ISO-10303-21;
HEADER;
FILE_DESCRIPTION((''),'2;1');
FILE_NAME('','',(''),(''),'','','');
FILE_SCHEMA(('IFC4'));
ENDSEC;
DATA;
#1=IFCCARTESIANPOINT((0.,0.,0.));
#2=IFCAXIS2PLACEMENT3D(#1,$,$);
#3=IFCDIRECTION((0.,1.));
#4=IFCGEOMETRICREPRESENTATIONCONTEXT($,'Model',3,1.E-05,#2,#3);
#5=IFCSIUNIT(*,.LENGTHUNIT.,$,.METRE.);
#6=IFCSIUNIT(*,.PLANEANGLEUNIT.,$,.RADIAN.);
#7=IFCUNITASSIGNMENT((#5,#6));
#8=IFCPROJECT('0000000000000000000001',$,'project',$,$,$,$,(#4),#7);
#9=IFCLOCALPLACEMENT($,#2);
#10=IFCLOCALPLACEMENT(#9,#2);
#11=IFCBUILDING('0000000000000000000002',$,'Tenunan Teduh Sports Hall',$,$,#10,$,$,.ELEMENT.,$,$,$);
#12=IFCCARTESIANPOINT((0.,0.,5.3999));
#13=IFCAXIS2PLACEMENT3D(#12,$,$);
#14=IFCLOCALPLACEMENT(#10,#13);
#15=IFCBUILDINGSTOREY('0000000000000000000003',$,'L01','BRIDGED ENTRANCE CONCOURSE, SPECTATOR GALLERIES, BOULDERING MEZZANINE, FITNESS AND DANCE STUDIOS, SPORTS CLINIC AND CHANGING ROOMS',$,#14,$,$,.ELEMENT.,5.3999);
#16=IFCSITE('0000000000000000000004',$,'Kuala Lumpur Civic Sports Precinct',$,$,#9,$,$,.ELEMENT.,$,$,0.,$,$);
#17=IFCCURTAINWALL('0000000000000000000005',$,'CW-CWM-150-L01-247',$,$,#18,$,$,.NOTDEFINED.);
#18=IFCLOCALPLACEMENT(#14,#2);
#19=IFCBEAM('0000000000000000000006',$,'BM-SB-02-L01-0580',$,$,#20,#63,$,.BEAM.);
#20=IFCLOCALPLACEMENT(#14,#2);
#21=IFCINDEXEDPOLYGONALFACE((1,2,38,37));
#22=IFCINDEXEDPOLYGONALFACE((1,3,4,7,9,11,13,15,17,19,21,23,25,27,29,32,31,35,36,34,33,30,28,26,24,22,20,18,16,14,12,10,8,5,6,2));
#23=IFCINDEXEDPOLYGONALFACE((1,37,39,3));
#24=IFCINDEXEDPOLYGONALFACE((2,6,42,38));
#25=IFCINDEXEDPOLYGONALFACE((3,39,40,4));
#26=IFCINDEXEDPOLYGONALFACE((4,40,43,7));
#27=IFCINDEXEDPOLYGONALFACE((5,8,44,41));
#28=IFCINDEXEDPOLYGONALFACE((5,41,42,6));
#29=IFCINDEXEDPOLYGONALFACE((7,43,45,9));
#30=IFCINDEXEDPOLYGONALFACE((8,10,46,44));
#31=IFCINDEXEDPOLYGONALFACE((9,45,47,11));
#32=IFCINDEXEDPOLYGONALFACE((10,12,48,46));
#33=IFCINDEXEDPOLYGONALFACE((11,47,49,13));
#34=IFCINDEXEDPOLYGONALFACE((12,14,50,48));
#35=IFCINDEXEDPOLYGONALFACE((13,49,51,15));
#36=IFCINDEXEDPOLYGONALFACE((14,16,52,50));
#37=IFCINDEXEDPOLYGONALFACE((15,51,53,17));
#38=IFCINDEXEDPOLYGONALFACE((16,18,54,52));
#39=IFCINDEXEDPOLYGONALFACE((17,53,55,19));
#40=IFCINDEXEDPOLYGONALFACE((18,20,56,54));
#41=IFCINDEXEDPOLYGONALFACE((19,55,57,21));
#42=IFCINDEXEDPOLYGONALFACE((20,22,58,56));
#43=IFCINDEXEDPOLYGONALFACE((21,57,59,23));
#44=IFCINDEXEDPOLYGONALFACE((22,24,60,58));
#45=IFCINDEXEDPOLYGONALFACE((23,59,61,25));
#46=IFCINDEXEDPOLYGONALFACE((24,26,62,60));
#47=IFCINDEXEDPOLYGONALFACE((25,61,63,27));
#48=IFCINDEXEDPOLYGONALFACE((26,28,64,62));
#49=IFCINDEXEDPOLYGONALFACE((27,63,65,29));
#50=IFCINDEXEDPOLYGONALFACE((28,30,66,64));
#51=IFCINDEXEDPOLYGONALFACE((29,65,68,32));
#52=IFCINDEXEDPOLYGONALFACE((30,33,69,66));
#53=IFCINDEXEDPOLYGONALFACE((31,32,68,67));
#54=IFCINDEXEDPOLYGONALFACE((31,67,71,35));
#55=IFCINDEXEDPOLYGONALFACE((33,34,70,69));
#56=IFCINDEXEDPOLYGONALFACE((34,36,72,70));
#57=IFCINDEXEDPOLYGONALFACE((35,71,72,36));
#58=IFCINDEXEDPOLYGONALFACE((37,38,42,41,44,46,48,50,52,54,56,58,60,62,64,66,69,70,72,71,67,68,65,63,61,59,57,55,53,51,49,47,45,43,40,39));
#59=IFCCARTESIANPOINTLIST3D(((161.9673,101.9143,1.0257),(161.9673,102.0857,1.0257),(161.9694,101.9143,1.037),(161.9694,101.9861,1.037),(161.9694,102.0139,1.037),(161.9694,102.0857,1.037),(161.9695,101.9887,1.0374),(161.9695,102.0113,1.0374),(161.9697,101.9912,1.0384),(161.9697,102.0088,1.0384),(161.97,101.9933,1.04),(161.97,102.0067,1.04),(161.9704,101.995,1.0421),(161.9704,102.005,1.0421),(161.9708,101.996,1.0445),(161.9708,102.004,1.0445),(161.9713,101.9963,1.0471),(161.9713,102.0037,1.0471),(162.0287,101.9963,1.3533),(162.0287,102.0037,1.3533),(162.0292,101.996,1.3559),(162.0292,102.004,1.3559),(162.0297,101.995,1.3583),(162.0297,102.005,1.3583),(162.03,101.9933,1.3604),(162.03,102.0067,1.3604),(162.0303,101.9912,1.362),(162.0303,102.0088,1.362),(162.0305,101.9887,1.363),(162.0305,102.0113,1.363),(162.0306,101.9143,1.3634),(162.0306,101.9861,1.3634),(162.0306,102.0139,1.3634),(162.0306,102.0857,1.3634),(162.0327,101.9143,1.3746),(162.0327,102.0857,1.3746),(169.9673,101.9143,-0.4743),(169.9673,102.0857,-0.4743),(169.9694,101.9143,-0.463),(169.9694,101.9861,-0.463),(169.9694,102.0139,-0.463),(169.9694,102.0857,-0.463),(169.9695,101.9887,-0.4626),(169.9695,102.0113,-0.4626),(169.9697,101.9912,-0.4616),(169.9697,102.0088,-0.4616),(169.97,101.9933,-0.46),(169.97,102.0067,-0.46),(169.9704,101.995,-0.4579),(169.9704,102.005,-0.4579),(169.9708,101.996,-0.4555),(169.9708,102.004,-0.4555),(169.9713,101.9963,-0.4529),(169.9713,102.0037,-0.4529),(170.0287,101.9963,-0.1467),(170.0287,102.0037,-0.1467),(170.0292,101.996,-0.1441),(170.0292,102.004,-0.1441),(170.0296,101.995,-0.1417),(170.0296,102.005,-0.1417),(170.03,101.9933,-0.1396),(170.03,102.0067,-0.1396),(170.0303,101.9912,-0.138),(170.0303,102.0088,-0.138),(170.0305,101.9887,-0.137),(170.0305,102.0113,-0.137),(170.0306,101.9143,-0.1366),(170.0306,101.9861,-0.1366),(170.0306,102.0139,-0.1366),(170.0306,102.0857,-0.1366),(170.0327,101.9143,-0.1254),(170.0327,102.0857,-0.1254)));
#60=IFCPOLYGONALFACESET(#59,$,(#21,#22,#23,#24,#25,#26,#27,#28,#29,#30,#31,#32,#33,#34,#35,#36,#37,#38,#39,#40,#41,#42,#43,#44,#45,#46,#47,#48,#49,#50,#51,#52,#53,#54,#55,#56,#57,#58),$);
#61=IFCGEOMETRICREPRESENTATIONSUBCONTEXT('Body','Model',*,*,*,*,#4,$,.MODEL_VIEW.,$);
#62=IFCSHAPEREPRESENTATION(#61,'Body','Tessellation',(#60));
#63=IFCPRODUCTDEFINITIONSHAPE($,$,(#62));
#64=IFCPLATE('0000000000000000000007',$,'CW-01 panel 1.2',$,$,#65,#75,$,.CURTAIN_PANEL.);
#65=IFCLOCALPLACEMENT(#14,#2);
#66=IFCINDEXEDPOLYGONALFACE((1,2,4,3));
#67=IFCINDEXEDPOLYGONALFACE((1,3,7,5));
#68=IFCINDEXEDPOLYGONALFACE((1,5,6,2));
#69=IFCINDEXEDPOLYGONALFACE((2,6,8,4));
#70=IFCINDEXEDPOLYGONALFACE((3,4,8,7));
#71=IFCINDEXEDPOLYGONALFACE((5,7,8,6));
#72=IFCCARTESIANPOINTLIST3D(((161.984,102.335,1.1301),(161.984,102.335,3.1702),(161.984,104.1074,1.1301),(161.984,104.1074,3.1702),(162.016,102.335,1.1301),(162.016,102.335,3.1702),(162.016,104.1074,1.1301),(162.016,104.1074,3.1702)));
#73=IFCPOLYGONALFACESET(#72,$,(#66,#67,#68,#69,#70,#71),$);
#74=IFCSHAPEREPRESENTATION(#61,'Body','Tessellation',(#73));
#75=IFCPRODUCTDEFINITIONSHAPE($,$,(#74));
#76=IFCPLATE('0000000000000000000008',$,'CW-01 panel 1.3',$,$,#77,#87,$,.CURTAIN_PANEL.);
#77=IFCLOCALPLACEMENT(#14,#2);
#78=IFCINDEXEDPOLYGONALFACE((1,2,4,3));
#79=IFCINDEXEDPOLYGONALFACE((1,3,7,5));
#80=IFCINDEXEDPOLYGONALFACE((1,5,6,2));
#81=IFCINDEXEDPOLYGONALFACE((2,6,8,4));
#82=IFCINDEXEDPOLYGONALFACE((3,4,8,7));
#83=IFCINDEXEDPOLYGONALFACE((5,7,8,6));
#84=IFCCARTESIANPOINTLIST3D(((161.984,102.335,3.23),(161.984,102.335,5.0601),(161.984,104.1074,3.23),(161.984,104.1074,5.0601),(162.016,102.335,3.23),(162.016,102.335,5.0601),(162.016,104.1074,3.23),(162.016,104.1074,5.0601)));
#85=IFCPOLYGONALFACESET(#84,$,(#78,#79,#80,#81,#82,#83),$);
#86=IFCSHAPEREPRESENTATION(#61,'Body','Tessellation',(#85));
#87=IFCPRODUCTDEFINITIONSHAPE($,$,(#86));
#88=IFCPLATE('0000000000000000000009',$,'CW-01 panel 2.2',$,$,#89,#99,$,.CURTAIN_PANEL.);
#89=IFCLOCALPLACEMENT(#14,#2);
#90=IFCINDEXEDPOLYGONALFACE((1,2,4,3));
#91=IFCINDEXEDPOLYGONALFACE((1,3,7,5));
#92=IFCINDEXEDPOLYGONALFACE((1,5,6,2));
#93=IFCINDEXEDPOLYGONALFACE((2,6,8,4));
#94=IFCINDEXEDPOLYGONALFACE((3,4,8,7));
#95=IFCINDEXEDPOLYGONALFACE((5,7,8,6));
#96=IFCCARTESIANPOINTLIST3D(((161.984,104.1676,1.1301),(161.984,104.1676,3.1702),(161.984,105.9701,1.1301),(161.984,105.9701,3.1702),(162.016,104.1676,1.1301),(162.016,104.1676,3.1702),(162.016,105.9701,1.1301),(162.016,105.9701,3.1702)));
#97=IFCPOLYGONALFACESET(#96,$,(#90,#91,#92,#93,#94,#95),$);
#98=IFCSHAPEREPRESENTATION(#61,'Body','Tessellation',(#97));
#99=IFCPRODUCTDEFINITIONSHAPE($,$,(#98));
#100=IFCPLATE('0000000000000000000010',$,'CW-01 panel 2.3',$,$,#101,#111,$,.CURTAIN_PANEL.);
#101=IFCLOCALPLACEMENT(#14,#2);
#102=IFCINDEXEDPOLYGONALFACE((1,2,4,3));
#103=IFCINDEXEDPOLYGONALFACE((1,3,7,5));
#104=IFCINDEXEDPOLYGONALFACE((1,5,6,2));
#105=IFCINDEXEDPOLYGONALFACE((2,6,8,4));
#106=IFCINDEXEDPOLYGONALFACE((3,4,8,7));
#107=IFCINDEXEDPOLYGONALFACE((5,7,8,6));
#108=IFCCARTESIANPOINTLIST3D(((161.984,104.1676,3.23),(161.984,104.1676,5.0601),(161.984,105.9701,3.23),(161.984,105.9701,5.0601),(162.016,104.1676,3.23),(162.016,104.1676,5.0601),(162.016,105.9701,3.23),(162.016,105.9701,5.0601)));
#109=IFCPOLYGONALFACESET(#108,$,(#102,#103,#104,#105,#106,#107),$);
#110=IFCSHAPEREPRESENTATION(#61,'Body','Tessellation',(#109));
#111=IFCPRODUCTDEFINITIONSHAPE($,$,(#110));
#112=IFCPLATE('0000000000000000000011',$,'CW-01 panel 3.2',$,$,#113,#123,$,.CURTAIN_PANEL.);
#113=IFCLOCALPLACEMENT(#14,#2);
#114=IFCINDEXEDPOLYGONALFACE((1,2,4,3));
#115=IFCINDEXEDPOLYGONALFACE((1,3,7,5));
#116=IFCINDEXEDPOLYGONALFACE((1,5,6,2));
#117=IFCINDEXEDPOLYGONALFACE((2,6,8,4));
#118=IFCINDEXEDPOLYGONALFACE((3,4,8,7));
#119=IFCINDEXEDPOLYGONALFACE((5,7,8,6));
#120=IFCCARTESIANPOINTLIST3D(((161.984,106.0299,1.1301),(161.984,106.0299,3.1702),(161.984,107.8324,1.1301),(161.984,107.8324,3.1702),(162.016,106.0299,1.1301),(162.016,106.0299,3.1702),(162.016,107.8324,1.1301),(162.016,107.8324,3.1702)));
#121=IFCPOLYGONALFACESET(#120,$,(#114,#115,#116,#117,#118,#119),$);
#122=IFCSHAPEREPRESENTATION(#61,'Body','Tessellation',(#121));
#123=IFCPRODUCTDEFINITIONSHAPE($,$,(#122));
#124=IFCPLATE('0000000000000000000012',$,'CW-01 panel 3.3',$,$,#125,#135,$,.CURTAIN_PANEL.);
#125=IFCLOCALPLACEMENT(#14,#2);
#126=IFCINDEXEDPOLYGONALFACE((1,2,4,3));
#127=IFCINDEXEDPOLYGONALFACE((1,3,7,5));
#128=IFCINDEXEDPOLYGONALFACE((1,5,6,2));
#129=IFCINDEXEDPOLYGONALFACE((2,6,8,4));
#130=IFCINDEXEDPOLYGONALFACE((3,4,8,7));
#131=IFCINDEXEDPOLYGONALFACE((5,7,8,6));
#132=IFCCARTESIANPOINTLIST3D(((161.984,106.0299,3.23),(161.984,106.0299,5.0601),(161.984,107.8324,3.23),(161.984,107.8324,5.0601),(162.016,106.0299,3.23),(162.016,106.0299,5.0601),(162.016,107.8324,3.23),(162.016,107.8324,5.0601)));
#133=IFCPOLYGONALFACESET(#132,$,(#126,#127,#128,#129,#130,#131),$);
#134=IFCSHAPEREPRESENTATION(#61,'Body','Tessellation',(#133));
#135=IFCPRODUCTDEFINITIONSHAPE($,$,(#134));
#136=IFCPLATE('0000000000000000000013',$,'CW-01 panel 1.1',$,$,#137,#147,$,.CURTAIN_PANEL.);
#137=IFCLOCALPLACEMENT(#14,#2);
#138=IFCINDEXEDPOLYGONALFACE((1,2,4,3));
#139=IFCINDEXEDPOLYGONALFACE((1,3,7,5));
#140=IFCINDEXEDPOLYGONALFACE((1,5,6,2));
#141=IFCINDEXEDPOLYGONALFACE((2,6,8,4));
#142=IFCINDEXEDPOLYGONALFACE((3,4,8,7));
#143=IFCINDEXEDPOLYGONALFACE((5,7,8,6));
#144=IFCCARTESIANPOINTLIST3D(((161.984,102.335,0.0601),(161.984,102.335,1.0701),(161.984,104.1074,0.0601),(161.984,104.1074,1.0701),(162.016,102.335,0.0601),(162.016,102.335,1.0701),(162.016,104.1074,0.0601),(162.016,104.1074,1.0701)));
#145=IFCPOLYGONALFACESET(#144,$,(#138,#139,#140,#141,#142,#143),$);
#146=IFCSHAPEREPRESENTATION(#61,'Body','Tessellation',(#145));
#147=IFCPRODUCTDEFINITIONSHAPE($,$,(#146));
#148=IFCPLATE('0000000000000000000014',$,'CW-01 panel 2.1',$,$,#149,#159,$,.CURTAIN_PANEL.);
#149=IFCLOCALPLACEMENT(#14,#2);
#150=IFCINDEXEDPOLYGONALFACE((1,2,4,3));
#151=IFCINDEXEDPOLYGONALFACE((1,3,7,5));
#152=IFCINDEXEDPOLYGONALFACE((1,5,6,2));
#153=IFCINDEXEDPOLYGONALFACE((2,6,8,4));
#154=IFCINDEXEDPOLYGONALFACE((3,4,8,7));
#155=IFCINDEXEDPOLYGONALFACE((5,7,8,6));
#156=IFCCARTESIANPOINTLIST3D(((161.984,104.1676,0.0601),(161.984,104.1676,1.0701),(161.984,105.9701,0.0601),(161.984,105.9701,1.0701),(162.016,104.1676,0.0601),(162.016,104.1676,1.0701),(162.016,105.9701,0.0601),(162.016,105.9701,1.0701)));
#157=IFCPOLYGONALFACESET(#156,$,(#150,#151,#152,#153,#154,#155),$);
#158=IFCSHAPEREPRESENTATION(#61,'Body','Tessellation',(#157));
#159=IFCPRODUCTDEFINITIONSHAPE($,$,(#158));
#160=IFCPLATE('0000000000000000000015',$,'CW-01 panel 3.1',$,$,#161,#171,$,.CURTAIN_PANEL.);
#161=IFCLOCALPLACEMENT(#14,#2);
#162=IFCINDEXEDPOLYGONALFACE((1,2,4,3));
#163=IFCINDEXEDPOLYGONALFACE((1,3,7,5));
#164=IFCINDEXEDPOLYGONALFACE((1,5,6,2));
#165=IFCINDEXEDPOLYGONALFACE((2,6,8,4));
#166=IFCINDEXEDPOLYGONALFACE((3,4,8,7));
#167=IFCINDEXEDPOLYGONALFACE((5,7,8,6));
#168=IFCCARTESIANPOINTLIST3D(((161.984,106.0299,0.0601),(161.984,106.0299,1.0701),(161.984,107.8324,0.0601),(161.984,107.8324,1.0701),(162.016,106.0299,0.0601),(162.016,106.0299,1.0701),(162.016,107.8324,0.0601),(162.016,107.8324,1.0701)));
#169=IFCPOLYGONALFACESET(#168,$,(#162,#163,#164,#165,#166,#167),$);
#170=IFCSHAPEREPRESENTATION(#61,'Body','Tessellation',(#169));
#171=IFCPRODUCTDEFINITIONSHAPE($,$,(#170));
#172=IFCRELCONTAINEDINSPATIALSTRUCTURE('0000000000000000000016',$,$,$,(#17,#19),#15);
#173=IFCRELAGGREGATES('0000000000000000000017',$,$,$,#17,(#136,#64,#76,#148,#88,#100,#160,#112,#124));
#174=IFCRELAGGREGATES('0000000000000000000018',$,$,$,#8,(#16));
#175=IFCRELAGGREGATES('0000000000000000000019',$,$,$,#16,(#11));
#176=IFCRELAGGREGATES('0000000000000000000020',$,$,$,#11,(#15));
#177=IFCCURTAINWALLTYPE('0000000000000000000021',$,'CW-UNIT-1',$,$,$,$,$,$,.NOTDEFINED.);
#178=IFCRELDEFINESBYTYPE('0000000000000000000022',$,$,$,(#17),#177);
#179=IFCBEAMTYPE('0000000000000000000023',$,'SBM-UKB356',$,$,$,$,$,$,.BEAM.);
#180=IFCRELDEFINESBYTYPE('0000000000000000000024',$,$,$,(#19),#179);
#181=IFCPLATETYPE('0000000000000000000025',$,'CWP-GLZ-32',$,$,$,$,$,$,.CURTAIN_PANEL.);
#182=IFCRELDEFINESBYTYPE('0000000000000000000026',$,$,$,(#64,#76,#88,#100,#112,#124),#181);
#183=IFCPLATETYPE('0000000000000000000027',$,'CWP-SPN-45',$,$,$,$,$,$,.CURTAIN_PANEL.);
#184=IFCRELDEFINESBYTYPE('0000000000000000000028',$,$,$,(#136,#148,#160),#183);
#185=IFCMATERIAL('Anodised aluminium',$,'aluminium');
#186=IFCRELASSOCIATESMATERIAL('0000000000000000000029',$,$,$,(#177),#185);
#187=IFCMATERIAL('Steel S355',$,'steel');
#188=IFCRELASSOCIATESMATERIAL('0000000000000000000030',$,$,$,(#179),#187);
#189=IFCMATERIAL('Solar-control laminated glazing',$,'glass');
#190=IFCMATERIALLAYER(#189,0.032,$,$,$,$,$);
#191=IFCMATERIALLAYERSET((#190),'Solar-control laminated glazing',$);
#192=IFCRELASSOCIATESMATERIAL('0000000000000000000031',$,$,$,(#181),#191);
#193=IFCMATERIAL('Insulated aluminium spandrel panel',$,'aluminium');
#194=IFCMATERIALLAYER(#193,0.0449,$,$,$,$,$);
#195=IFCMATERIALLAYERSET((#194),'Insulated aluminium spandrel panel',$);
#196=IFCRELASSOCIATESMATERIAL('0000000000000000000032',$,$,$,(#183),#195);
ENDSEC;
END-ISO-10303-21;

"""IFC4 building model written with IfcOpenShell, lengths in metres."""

from ifc_helpers import new_model, si_unit, direction, frame, origin, origin_2d, place, context, subcontext, project, spatial, rectangle, i_section, extrude, material, layer, layer_set, material_profile, profile_set, type_object, element, aggregate, save


model = new_model("IFC4")

# Units and contexts
model_context = context("Model", 3, precision=1e-05, world=origin(), true_north=direction((0.0, 1.0)))
body_context = subcontext(model_context, "Body", "Model", "MODEL_VIEW")
ifc_project = project(units=[si_unit("LENGTHUNIT", "METRE"), si_unit("PLANEANGLEUNIT", "RADIAN")], contexts=[model_context])

# Site, building, storey
site_placement = place(None, origin())
site = spatial("IfcSite", under=ifc_project, at=site_placement, Name="Kuala Lumpur Civic Sports Precinct", CompositionType="ELEMENT", RefElevation=0.0)
building_placement = place(site_placement, origin())
building = spatial("IfcBuilding", under=site, at=building_placement, Name="Tenunan Teduh Sports Hall", CompositionType="ELEMENT")
storey_placement = place(building_placement, frame((0.0, 0.0, 5.3999)))
storey = spatial("IfcBuildingStorey", under=building, at=storey_placement, Name="L01", Description="BRIDGED ENTRANCE CONCOURSE, SPECTATOR GALLERIES, BOULDERING MEZZANINE, FITNESS AND DANCE STUDIOS, SPORTS CLINIC AND CHANGING ROOMS", CompositionType="ELEMENT", Elevation=5.3999)

# Curtain wall
ifc_material_1 = material(Name="Anodised aluminium", Category="aluminium")
curtain_wall_type = type_object("IfcCurtainWallType", Name="CW-UNIT-1", PredefinedType="NOTDEFINED", material=ifc_material_1)
curtain_wall_1_placement = place(storey_placement, origin())
curtain_wall_1 = element("IfcCurtainWall", 1, at=curtain_wall_1_placement, inside=storey, type_object=curtain_wall_type, Name="CW-CWM-150-L01-247", PredefinedType="NOTDEFINED")

# Beam
ifc_material_2 = material(Name="Steel S355", Category="steel")
ifc_material_profile_1 = material_profile(ifc_material_2, i_section(OverallWidth=0.1714, OverallDepth=0.355, WebThickness=0.0073, FlangeThickness=0.0115, FilletRadius=0.0103, at=origin_2d()), Name="UKB 356x171x51")
ifc_profile_set_1 = profile_set([ifc_material_profile_1], Name="Steel S355")
beam_type_1 = type_object("IfcBeamType", Name="SBM-UKB356", PredefinedType="BEAM", material=ifc_profile_set_1)
beam_1_placement = place(storey_placement, frame((170.0, 102.0, -0.2998), z_axis=(-0.982872, 0.0, 0.184289), x_axis=(0.0, -1.0, 0.0)))
element("IfcBeam", 2, at=beam_1_placement, inside=storey, type_object=beam_type_1, Name="BM-SB-02-L01-0580", PredefinedType="BEAM", context=body_context, shape_type="SweptSolid", body=[
    extrude(i_section(OverallWidth=0.1714, OverallDepth=0.355, WebThickness=0.0073, FlangeThickness=0.0115, FilletRadius=0.0103, at=origin_2d()), origin(), (0.0, 0.0, 1.0), 8.1394),
])

# Plates
ifc_material_3 = material(Name="Solar-control laminated glazing", Category="glass")
ifc_layer_1 = layer(ifc_material_3, 0.032)
ifc_layer_set_1 = layer_set([ifc_layer_1], Name="Solar-control laminated glazing")
plate_type_1 = type_object("IfcPlateType", Name="CWP-GLZ-32", PredefinedType="CURTAIN_PANEL", material=ifc_layer_set_1)
plate_1_placement = place(storey_placement, frame((162.0, 103.2212, 1.1301), z_axis=(0.0, 0.0, 1.0), x_axis=(0.0, 1.0, 0.0)))
plate_1 = element("IfcPlate", 3, at=plate_1_placement, type_object=plate_type_1, Name="CW-01 panel 1.2", PredefinedType="CURTAIN_PANEL", context=body_context, shape_type="SweptSolid", body=[
    extrude(rectangle(XDim=1.7725, YDim=0.032, at=origin_2d()), origin(), (0.0, 0.0, 1.0), 2.04),
])
plate_2_placement = place(storey_placement, frame((162.0, 103.2212, 3.23), z_axis=(0.0, 0.0, 1.0), x_axis=(0.0, 1.0, 0.0)))
plate_2 = element("IfcPlate", 4, at=plate_2_placement, type_object=plate_type_1, Name="CW-01 panel 1.3", PredefinedType="CURTAIN_PANEL", context=body_context, shape_type="SweptSolid", body=[
    extrude(rectangle(XDim=1.7725, YDim=0.032, at=origin_2d()), origin(), (0.0, 0.0, 1.0), 1.8301),
])
plate_3_placement = place(storey_placement, frame((162.0, 105.0688, 1.1301), z_axis=(0.0, 0.0, 1.0), x_axis=(0.0, 1.0, 0.0)))
plate_3 = element("IfcPlate", 5, at=plate_3_placement, type_object=plate_type_1, Name="CW-01 panel 2.2", PredefinedType="CURTAIN_PANEL", context=body_context, shape_type="SweptSolid", body=[
    extrude(rectangle(XDim=1.8025, YDim=0.032, at=origin_2d()), origin(), (0.0, 0.0, 1.0), 2.04),
])
plate_4_placement = place(storey_placement, frame((162.0, 105.0688, 3.23), z_axis=(0.0, 0.0, 1.0), x_axis=(0.0, 1.0, 0.0)))
plate_4 = element("IfcPlate", 6, at=plate_4_placement, type_object=plate_type_1, Name="CW-01 panel 2.3", PredefinedType="CURTAIN_PANEL", context=body_context, shape_type="SweptSolid", body=[
    extrude(rectangle(XDim=1.8025, YDim=0.032, at=origin_2d()), origin(), (0.0, 0.0, 1.0), 1.8301),
])
plate_5_placement = place(storey_placement, frame((162.0, 106.9312, 1.1301), z_axis=(0.0, 0.0, 1.0), x_axis=(0.0, 1.0, 0.0)))
plate_5 = element("IfcPlate", 7, at=plate_5_placement, type_object=plate_type_1, Name="CW-01 panel 3.2", PredefinedType="CURTAIN_PANEL", context=body_context, shape_type="SweptSolid", body=[
    extrude(rectangle(XDim=1.8025, YDim=0.032, at=origin_2d()), origin(), (0.0, 0.0, 1.0), 2.04),
])
plate_6_placement = place(storey_placement, frame((162.0, 106.9312, 3.23), z_axis=(0.0, 0.0, 1.0), x_axis=(0.0, 1.0, 0.0)))
plate_6 = element("IfcPlate", 8, at=plate_6_placement, type_object=plate_type_1, Name="CW-01 panel 3.3", PredefinedType="CURTAIN_PANEL", context=body_context, shape_type="SweptSolid", body=[
    extrude(rectangle(XDim=1.8025, YDim=0.032, at=origin_2d()), origin(), (0.0, 0.0, 1.0), 1.8301),
])
ifc_material_4 = material(Name="Insulated aluminium spandrel panel", Category="aluminium")
ifc_layer_2 = layer(ifc_material_4, 0.0449)
ifc_layer_set_2 = layer_set([ifc_layer_2], Name="Insulated aluminium spandrel panel")
plate_type_2 = type_object("IfcPlateType", Name="CWP-SPN-45", PredefinedType="CURTAIN_PANEL", material=ifc_layer_set_2)
plate_7_placement = place(storey_placement, frame((162.0, 103.2212, 0.0601), z_axis=(0.0, 0.0, 1.0), x_axis=(0.0, 1.0, 0.0)))
plate_7 = element("IfcPlate", 9, at=plate_7_placement, type_object=plate_type_2, Name="CW-01 panel 1.1", PredefinedType="CURTAIN_PANEL", context=body_context, shape_type="SweptSolid", body=[
    extrude(rectangle(XDim=1.7725, YDim=0.032, at=origin_2d()), origin(), (0.0, 0.0, 1.0), 1.01),
])
plate_8_placement = place(storey_placement, frame((162.0, 105.0688, 0.0601), z_axis=(0.0, 0.0, 1.0), x_axis=(0.0, 1.0, 0.0)))
plate_8 = element("IfcPlate", 10, at=plate_8_placement, type_object=plate_type_2, Name="CW-01 panel 2.1", PredefinedType="CURTAIN_PANEL", context=body_context, shape_type="SweptSolid", body=[
    extrude(rectangle(XDim=1.8025, YDim=0.032, at=origin_2d()), origin(), (0.0, 0.0, 1.0), 1.01),
])
plate_9_placement = place(storey_placement, frame((162.0, 106.9312, 0.0601), z_axis=(0.0, 0.0, 1.0), x_axis=(0.0, 1.0, 0.0)))
plate_9 = element("IfcPlate", 11, at=plate_9_placement, type_object=plate_type_2, Name="CW-01 panel 3.1", PredefinedType="CURTAIN_PANEL", context=body_context, shape_type="SweptSolid", body=[
    extrude(rectangle(XDim=1.8025, YDim=0.032, at=origin_2d()), origin(), (0.0, 0.0, 1.0), 1.01),
])
aggregate(curtain_wall_1, [plate_7, plate_1, plate_2, plate_8, plate_3, plate_4, plate_9, plate_5, plate_6])

save(model, "model.ifc")
